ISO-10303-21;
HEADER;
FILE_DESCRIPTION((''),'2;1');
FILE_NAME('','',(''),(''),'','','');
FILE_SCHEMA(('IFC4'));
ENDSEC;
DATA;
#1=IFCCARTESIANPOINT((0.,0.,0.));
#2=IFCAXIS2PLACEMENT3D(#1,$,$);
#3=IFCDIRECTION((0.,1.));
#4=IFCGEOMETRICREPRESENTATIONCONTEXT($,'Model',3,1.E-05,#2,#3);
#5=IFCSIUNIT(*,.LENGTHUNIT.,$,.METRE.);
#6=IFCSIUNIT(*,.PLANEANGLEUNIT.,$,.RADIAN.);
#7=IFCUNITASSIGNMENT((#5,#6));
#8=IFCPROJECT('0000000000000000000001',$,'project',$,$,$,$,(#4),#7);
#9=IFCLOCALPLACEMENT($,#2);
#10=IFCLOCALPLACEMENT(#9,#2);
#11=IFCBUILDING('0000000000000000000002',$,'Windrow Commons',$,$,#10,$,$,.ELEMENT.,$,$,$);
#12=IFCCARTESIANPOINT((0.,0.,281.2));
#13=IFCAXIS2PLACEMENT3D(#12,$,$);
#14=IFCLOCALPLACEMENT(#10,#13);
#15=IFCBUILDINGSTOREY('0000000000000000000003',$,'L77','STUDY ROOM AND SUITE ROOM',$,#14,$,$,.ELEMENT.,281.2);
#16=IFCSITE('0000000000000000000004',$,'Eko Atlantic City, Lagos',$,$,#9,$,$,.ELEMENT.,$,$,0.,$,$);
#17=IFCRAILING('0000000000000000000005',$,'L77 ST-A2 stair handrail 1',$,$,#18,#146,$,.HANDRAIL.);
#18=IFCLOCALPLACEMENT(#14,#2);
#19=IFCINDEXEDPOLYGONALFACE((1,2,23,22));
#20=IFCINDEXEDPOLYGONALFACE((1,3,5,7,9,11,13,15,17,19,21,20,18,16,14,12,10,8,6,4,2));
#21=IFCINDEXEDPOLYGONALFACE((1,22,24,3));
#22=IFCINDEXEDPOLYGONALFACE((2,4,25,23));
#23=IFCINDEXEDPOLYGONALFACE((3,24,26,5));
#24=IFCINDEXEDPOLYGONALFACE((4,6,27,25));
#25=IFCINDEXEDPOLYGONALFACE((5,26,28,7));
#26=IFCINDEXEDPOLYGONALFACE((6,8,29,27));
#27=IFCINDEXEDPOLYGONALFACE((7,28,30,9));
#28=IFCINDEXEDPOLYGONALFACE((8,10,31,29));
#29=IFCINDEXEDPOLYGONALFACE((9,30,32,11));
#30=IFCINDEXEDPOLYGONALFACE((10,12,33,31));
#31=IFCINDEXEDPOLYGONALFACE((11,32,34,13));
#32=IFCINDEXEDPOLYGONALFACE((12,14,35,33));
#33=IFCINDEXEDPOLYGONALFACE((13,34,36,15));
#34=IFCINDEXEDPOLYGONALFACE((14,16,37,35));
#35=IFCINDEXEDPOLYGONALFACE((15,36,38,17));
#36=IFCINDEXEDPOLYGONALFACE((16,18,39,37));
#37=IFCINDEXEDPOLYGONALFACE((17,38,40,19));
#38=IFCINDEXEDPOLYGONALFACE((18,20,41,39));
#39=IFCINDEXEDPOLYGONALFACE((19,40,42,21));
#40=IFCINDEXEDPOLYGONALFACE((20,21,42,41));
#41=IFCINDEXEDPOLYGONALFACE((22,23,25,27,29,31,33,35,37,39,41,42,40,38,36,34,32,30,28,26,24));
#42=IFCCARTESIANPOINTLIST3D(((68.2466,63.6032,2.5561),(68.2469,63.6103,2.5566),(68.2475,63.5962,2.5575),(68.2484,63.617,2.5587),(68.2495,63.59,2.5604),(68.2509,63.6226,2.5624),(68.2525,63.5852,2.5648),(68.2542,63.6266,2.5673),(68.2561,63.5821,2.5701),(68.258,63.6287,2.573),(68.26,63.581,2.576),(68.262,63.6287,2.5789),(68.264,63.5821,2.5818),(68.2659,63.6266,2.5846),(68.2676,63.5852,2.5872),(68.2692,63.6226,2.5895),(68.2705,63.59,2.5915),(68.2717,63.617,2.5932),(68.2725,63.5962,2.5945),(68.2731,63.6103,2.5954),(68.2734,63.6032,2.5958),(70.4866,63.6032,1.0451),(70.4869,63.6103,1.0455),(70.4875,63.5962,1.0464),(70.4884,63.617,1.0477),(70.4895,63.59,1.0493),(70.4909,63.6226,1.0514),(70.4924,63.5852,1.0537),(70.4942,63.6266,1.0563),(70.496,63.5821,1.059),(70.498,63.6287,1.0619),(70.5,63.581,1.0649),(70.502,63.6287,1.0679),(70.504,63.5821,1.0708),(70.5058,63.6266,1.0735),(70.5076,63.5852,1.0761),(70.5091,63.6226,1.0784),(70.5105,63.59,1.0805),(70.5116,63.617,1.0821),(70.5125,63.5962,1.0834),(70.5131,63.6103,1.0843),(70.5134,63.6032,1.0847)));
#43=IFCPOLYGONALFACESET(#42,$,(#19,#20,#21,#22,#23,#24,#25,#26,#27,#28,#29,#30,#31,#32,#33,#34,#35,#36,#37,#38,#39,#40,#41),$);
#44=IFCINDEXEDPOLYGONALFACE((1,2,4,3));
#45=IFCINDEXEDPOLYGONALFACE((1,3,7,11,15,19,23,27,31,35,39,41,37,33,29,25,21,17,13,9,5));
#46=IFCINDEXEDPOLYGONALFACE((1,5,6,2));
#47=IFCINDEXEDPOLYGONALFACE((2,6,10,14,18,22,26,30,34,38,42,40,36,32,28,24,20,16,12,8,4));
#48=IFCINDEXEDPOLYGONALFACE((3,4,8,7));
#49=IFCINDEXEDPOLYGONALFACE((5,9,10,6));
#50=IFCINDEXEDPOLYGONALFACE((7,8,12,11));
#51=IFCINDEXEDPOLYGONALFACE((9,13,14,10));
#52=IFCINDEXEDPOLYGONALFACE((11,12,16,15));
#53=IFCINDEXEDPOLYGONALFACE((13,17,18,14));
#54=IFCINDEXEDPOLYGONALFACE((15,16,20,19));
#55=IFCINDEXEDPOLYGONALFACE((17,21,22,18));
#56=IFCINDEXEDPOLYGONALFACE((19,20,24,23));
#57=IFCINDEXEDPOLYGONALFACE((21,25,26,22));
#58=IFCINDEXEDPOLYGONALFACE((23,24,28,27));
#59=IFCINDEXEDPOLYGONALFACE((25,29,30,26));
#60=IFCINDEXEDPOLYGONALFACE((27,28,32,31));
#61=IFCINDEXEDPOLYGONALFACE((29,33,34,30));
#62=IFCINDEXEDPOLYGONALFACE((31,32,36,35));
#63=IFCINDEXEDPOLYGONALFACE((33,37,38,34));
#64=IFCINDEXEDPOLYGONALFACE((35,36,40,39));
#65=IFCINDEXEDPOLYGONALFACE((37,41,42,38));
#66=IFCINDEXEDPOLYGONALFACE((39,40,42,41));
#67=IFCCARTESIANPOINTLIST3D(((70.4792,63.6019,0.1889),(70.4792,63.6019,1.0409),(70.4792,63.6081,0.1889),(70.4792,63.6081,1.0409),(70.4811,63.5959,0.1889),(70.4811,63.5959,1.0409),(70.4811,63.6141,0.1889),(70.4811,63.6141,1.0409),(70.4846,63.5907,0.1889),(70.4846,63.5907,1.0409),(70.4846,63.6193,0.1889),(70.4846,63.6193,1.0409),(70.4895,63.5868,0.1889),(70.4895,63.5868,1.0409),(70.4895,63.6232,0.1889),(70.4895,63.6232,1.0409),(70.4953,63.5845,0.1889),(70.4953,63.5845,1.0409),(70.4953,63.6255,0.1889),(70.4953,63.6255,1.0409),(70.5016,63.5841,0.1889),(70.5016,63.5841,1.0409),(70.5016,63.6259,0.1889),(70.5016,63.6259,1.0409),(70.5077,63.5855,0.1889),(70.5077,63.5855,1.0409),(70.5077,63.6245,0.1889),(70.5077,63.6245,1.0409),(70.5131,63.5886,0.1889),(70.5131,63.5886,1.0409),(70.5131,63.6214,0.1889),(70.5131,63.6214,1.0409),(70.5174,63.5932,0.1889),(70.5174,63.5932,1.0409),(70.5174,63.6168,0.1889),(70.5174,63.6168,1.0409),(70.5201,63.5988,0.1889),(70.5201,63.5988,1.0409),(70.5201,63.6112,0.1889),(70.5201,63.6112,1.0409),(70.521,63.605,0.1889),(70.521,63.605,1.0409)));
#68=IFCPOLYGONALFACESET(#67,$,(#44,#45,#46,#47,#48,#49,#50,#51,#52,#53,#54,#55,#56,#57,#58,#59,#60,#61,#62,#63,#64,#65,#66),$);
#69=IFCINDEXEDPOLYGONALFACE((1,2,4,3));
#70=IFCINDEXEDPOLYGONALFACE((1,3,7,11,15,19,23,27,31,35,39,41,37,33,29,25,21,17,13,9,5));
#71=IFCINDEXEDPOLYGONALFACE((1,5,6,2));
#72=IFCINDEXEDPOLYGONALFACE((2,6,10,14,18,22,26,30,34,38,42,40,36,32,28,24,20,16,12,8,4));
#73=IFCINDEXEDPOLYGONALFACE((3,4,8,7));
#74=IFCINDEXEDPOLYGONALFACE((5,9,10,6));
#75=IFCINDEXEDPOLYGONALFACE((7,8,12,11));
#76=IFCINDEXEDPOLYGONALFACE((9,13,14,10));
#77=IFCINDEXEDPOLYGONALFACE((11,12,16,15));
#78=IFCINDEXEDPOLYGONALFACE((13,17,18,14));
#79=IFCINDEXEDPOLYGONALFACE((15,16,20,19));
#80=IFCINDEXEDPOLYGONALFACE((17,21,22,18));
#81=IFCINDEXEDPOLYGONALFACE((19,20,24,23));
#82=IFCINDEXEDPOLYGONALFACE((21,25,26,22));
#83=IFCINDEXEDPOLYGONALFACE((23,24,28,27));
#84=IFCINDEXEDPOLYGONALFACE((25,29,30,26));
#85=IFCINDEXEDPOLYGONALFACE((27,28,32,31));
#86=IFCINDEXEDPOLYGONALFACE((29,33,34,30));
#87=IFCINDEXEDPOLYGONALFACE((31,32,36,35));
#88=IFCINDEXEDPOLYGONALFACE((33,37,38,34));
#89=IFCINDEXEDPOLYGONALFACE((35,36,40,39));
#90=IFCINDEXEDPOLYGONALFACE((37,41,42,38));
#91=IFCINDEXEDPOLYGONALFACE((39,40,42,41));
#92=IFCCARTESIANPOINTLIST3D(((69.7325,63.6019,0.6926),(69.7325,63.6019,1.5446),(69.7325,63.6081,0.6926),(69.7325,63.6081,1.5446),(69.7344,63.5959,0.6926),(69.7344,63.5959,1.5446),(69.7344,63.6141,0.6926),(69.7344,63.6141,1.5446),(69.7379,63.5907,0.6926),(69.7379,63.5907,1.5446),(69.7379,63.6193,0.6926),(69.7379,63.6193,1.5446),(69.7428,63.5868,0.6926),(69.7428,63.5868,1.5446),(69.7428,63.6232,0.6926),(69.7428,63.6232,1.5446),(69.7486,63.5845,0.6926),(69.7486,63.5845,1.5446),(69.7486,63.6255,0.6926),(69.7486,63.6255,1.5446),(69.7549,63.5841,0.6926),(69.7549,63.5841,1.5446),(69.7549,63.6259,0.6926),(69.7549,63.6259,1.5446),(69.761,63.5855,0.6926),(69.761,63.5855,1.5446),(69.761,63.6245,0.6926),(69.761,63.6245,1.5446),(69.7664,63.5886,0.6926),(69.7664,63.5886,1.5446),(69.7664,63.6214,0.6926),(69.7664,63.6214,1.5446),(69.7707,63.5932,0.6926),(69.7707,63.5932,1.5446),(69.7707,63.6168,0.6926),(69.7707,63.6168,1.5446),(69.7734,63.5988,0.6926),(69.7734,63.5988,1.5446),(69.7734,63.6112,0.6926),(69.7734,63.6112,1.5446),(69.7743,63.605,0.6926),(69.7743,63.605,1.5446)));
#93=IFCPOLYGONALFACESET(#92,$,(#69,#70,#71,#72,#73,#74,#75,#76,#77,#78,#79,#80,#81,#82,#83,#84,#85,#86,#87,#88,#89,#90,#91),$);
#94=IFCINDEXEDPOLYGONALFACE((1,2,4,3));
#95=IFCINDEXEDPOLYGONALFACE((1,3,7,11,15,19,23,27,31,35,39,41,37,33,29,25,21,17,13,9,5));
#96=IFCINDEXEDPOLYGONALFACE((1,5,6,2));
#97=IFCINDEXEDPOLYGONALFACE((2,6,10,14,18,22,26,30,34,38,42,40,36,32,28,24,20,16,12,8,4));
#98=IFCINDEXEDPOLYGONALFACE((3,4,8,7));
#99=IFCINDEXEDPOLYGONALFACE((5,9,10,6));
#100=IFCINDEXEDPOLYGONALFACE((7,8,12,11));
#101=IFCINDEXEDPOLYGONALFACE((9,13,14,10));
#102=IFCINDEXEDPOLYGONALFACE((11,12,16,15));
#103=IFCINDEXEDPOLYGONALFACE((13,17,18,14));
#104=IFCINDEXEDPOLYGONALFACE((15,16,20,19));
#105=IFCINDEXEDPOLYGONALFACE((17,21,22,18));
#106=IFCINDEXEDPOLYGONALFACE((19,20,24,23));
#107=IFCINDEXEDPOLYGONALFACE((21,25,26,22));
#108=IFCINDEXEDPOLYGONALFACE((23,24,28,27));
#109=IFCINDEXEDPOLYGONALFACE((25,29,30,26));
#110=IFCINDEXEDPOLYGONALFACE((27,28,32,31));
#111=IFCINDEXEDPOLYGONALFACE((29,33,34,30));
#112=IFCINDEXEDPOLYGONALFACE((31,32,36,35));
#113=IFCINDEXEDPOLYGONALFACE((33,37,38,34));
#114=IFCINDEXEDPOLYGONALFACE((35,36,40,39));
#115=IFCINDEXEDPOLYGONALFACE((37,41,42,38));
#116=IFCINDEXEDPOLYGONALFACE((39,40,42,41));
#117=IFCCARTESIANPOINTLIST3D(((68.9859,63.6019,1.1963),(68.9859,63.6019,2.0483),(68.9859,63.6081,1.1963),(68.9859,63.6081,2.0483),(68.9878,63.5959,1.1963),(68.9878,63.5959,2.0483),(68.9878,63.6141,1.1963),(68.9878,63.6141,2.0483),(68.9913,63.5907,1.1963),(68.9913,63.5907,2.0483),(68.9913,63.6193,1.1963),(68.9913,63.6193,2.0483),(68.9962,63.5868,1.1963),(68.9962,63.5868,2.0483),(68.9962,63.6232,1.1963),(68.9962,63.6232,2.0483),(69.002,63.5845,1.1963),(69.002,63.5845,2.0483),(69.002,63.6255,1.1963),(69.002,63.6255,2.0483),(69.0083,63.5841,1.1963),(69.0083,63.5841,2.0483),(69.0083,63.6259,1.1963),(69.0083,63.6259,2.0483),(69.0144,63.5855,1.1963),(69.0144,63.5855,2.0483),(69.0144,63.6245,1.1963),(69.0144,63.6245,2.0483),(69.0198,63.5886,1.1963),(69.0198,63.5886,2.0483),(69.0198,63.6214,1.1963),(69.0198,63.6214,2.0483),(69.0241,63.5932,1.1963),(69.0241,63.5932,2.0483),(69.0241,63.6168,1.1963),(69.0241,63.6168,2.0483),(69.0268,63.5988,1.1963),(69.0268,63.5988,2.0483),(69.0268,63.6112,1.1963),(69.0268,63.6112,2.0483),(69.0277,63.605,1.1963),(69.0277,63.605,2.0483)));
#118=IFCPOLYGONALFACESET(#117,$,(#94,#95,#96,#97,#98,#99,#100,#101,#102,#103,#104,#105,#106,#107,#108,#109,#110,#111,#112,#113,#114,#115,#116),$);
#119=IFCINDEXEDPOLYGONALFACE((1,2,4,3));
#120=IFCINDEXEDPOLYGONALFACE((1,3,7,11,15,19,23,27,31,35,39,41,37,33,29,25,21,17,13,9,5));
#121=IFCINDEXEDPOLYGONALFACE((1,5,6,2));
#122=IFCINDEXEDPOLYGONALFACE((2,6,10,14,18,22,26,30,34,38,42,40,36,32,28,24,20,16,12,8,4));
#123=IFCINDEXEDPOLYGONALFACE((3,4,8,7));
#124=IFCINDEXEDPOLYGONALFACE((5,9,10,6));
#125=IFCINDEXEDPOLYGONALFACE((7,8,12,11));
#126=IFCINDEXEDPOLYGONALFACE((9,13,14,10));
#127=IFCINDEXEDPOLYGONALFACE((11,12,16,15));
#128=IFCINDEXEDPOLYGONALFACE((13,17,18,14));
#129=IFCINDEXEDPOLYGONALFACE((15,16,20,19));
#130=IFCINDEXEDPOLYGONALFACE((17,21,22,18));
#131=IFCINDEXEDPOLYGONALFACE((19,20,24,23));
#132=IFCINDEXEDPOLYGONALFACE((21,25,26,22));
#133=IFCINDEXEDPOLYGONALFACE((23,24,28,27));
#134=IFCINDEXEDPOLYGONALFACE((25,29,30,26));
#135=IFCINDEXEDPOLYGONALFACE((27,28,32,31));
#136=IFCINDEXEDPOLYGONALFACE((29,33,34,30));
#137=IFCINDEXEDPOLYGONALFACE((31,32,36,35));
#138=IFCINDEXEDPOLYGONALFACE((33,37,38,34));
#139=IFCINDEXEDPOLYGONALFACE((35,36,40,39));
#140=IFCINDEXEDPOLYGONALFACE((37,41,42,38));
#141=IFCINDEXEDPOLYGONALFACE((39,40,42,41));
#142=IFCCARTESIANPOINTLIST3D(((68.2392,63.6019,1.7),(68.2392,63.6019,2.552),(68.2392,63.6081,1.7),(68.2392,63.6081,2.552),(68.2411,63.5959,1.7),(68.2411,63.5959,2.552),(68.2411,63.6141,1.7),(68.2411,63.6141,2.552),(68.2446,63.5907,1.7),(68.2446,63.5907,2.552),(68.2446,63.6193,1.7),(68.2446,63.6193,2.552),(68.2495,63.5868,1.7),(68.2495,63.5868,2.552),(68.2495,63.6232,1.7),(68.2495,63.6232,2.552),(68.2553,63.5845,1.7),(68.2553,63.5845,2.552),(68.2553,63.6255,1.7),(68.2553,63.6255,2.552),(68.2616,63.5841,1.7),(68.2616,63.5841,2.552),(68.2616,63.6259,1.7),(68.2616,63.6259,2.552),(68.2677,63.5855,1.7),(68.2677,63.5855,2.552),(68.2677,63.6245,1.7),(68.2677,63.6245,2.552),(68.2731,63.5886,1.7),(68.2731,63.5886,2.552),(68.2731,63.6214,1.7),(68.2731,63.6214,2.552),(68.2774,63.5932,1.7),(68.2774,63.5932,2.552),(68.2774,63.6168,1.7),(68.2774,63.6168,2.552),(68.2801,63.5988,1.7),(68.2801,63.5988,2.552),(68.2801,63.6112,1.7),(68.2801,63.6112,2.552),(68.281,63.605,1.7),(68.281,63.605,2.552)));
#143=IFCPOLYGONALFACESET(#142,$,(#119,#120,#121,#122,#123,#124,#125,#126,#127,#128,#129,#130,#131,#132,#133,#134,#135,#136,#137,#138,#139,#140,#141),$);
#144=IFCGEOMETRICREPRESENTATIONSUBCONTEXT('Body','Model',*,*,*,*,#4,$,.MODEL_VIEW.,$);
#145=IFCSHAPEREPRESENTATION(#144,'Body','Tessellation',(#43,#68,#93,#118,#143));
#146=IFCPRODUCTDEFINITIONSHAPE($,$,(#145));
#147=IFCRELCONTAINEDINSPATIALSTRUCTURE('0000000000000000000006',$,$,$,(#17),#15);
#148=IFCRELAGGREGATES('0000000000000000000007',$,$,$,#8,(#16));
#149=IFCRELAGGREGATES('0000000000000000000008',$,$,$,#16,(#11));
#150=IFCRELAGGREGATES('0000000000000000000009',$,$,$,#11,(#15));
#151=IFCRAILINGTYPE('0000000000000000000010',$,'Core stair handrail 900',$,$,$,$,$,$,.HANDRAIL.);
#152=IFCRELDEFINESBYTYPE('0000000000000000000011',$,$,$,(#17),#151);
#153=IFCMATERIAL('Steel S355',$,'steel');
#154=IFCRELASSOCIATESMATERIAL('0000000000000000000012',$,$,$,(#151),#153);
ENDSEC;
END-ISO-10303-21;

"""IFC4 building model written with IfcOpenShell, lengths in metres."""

from ifc_helpers import new_model, si_unit, direction, frame, origin, origin_2d, place, context, subcontext, project, spatial, circle, extrude, material, type_object, element, save


model = new_model("IFC4")

# Units and contexts
model_context = context("Model", 3, precision=1e-05, world=origin(), true_north=direction((0.0, 1.0)))
body_context = subcontext(model_context, "Body", "Model", "MODEL_VIEW")
ifc_project = project(units=[si_unit("LENGTHUNIT", "METRE"), si_unit("PLANEANGLEUNIT", "RADIAN")], contexts=[model_context])

# Site, building, storey
site_placement = place(None, origin())
site = spatial("IfcSite", under=ifc_project, at=site_placement, Name="Eko Atlantic City, Lagos", CompositionType="ELEMENT", RefElevation=0.0)
building_placement = place(site_placement, origin())
building = spatial("IfcBuilding", under=site, at=building_placement, Name="Windrow Commons", CompositionType="ELEMENT")
storey_placement = place(building_placement, frame((0.0, 0.0, 281.2)))
storey = spatial("IfcBuildingStorey", under=building, at=storey_placement, Name="L77", Description="STUDY ROOM AND SUITE ROOM", CompositionType="ELEMENT", Elevation=281.2)

# Railing
ifc_material_1 = material(Name="Steel S355", Category="steel")
railing_type_1 = type_object("IfcRailingType", Name="Core stair handrail 900", PredefinedType="HANDRAIL", material=ifc_material_1)
railing_1_placement = place(storey_placement, frame((70.5, 63.605, 0.1889)))
element("IfcRailing", 1, at=railing_1_placement, inside=storey, type_object=railing_type_1, Name="L77 ST-A2 stair handrail 1", PredefinedType="HANDRAIL", context=body_context, shape_type="SweptSolid", body=[
    extrude(circle(Radius=0.024, at=origin_2d()), frame((0.0, 0.0, 0.876), z_axis=(-0.829003, 0.0, 0.559244), x_axis=(0.0, -1.0, 0.0)), (0.0, 0.0, 1.0), 2.702),
    extrude(circle(Radius=0.021, at=origin_2d()), origin(), (0.0, 0.0, 1.0), 0.852),
    extrude(circle(Radius=0.021, at=origin_2d()), frame((-0.7467, 0.0, 0.5037)), (0.0, 0.0, 1.0), 0.852),
    extrude(circle(Radius=0.021, at=origin_2d()), frame((-1.4933, 0.0, 1.0074)), (0.0, 0.0, 1.0), 0.852),
    extrude(circle(Radius=0.021, at=origin_2d()), frame((-2.24, 0.0, 1.5111)), (0.0, 0.0, 1.0), 0.852),
])

save(model, "model.ifc")
